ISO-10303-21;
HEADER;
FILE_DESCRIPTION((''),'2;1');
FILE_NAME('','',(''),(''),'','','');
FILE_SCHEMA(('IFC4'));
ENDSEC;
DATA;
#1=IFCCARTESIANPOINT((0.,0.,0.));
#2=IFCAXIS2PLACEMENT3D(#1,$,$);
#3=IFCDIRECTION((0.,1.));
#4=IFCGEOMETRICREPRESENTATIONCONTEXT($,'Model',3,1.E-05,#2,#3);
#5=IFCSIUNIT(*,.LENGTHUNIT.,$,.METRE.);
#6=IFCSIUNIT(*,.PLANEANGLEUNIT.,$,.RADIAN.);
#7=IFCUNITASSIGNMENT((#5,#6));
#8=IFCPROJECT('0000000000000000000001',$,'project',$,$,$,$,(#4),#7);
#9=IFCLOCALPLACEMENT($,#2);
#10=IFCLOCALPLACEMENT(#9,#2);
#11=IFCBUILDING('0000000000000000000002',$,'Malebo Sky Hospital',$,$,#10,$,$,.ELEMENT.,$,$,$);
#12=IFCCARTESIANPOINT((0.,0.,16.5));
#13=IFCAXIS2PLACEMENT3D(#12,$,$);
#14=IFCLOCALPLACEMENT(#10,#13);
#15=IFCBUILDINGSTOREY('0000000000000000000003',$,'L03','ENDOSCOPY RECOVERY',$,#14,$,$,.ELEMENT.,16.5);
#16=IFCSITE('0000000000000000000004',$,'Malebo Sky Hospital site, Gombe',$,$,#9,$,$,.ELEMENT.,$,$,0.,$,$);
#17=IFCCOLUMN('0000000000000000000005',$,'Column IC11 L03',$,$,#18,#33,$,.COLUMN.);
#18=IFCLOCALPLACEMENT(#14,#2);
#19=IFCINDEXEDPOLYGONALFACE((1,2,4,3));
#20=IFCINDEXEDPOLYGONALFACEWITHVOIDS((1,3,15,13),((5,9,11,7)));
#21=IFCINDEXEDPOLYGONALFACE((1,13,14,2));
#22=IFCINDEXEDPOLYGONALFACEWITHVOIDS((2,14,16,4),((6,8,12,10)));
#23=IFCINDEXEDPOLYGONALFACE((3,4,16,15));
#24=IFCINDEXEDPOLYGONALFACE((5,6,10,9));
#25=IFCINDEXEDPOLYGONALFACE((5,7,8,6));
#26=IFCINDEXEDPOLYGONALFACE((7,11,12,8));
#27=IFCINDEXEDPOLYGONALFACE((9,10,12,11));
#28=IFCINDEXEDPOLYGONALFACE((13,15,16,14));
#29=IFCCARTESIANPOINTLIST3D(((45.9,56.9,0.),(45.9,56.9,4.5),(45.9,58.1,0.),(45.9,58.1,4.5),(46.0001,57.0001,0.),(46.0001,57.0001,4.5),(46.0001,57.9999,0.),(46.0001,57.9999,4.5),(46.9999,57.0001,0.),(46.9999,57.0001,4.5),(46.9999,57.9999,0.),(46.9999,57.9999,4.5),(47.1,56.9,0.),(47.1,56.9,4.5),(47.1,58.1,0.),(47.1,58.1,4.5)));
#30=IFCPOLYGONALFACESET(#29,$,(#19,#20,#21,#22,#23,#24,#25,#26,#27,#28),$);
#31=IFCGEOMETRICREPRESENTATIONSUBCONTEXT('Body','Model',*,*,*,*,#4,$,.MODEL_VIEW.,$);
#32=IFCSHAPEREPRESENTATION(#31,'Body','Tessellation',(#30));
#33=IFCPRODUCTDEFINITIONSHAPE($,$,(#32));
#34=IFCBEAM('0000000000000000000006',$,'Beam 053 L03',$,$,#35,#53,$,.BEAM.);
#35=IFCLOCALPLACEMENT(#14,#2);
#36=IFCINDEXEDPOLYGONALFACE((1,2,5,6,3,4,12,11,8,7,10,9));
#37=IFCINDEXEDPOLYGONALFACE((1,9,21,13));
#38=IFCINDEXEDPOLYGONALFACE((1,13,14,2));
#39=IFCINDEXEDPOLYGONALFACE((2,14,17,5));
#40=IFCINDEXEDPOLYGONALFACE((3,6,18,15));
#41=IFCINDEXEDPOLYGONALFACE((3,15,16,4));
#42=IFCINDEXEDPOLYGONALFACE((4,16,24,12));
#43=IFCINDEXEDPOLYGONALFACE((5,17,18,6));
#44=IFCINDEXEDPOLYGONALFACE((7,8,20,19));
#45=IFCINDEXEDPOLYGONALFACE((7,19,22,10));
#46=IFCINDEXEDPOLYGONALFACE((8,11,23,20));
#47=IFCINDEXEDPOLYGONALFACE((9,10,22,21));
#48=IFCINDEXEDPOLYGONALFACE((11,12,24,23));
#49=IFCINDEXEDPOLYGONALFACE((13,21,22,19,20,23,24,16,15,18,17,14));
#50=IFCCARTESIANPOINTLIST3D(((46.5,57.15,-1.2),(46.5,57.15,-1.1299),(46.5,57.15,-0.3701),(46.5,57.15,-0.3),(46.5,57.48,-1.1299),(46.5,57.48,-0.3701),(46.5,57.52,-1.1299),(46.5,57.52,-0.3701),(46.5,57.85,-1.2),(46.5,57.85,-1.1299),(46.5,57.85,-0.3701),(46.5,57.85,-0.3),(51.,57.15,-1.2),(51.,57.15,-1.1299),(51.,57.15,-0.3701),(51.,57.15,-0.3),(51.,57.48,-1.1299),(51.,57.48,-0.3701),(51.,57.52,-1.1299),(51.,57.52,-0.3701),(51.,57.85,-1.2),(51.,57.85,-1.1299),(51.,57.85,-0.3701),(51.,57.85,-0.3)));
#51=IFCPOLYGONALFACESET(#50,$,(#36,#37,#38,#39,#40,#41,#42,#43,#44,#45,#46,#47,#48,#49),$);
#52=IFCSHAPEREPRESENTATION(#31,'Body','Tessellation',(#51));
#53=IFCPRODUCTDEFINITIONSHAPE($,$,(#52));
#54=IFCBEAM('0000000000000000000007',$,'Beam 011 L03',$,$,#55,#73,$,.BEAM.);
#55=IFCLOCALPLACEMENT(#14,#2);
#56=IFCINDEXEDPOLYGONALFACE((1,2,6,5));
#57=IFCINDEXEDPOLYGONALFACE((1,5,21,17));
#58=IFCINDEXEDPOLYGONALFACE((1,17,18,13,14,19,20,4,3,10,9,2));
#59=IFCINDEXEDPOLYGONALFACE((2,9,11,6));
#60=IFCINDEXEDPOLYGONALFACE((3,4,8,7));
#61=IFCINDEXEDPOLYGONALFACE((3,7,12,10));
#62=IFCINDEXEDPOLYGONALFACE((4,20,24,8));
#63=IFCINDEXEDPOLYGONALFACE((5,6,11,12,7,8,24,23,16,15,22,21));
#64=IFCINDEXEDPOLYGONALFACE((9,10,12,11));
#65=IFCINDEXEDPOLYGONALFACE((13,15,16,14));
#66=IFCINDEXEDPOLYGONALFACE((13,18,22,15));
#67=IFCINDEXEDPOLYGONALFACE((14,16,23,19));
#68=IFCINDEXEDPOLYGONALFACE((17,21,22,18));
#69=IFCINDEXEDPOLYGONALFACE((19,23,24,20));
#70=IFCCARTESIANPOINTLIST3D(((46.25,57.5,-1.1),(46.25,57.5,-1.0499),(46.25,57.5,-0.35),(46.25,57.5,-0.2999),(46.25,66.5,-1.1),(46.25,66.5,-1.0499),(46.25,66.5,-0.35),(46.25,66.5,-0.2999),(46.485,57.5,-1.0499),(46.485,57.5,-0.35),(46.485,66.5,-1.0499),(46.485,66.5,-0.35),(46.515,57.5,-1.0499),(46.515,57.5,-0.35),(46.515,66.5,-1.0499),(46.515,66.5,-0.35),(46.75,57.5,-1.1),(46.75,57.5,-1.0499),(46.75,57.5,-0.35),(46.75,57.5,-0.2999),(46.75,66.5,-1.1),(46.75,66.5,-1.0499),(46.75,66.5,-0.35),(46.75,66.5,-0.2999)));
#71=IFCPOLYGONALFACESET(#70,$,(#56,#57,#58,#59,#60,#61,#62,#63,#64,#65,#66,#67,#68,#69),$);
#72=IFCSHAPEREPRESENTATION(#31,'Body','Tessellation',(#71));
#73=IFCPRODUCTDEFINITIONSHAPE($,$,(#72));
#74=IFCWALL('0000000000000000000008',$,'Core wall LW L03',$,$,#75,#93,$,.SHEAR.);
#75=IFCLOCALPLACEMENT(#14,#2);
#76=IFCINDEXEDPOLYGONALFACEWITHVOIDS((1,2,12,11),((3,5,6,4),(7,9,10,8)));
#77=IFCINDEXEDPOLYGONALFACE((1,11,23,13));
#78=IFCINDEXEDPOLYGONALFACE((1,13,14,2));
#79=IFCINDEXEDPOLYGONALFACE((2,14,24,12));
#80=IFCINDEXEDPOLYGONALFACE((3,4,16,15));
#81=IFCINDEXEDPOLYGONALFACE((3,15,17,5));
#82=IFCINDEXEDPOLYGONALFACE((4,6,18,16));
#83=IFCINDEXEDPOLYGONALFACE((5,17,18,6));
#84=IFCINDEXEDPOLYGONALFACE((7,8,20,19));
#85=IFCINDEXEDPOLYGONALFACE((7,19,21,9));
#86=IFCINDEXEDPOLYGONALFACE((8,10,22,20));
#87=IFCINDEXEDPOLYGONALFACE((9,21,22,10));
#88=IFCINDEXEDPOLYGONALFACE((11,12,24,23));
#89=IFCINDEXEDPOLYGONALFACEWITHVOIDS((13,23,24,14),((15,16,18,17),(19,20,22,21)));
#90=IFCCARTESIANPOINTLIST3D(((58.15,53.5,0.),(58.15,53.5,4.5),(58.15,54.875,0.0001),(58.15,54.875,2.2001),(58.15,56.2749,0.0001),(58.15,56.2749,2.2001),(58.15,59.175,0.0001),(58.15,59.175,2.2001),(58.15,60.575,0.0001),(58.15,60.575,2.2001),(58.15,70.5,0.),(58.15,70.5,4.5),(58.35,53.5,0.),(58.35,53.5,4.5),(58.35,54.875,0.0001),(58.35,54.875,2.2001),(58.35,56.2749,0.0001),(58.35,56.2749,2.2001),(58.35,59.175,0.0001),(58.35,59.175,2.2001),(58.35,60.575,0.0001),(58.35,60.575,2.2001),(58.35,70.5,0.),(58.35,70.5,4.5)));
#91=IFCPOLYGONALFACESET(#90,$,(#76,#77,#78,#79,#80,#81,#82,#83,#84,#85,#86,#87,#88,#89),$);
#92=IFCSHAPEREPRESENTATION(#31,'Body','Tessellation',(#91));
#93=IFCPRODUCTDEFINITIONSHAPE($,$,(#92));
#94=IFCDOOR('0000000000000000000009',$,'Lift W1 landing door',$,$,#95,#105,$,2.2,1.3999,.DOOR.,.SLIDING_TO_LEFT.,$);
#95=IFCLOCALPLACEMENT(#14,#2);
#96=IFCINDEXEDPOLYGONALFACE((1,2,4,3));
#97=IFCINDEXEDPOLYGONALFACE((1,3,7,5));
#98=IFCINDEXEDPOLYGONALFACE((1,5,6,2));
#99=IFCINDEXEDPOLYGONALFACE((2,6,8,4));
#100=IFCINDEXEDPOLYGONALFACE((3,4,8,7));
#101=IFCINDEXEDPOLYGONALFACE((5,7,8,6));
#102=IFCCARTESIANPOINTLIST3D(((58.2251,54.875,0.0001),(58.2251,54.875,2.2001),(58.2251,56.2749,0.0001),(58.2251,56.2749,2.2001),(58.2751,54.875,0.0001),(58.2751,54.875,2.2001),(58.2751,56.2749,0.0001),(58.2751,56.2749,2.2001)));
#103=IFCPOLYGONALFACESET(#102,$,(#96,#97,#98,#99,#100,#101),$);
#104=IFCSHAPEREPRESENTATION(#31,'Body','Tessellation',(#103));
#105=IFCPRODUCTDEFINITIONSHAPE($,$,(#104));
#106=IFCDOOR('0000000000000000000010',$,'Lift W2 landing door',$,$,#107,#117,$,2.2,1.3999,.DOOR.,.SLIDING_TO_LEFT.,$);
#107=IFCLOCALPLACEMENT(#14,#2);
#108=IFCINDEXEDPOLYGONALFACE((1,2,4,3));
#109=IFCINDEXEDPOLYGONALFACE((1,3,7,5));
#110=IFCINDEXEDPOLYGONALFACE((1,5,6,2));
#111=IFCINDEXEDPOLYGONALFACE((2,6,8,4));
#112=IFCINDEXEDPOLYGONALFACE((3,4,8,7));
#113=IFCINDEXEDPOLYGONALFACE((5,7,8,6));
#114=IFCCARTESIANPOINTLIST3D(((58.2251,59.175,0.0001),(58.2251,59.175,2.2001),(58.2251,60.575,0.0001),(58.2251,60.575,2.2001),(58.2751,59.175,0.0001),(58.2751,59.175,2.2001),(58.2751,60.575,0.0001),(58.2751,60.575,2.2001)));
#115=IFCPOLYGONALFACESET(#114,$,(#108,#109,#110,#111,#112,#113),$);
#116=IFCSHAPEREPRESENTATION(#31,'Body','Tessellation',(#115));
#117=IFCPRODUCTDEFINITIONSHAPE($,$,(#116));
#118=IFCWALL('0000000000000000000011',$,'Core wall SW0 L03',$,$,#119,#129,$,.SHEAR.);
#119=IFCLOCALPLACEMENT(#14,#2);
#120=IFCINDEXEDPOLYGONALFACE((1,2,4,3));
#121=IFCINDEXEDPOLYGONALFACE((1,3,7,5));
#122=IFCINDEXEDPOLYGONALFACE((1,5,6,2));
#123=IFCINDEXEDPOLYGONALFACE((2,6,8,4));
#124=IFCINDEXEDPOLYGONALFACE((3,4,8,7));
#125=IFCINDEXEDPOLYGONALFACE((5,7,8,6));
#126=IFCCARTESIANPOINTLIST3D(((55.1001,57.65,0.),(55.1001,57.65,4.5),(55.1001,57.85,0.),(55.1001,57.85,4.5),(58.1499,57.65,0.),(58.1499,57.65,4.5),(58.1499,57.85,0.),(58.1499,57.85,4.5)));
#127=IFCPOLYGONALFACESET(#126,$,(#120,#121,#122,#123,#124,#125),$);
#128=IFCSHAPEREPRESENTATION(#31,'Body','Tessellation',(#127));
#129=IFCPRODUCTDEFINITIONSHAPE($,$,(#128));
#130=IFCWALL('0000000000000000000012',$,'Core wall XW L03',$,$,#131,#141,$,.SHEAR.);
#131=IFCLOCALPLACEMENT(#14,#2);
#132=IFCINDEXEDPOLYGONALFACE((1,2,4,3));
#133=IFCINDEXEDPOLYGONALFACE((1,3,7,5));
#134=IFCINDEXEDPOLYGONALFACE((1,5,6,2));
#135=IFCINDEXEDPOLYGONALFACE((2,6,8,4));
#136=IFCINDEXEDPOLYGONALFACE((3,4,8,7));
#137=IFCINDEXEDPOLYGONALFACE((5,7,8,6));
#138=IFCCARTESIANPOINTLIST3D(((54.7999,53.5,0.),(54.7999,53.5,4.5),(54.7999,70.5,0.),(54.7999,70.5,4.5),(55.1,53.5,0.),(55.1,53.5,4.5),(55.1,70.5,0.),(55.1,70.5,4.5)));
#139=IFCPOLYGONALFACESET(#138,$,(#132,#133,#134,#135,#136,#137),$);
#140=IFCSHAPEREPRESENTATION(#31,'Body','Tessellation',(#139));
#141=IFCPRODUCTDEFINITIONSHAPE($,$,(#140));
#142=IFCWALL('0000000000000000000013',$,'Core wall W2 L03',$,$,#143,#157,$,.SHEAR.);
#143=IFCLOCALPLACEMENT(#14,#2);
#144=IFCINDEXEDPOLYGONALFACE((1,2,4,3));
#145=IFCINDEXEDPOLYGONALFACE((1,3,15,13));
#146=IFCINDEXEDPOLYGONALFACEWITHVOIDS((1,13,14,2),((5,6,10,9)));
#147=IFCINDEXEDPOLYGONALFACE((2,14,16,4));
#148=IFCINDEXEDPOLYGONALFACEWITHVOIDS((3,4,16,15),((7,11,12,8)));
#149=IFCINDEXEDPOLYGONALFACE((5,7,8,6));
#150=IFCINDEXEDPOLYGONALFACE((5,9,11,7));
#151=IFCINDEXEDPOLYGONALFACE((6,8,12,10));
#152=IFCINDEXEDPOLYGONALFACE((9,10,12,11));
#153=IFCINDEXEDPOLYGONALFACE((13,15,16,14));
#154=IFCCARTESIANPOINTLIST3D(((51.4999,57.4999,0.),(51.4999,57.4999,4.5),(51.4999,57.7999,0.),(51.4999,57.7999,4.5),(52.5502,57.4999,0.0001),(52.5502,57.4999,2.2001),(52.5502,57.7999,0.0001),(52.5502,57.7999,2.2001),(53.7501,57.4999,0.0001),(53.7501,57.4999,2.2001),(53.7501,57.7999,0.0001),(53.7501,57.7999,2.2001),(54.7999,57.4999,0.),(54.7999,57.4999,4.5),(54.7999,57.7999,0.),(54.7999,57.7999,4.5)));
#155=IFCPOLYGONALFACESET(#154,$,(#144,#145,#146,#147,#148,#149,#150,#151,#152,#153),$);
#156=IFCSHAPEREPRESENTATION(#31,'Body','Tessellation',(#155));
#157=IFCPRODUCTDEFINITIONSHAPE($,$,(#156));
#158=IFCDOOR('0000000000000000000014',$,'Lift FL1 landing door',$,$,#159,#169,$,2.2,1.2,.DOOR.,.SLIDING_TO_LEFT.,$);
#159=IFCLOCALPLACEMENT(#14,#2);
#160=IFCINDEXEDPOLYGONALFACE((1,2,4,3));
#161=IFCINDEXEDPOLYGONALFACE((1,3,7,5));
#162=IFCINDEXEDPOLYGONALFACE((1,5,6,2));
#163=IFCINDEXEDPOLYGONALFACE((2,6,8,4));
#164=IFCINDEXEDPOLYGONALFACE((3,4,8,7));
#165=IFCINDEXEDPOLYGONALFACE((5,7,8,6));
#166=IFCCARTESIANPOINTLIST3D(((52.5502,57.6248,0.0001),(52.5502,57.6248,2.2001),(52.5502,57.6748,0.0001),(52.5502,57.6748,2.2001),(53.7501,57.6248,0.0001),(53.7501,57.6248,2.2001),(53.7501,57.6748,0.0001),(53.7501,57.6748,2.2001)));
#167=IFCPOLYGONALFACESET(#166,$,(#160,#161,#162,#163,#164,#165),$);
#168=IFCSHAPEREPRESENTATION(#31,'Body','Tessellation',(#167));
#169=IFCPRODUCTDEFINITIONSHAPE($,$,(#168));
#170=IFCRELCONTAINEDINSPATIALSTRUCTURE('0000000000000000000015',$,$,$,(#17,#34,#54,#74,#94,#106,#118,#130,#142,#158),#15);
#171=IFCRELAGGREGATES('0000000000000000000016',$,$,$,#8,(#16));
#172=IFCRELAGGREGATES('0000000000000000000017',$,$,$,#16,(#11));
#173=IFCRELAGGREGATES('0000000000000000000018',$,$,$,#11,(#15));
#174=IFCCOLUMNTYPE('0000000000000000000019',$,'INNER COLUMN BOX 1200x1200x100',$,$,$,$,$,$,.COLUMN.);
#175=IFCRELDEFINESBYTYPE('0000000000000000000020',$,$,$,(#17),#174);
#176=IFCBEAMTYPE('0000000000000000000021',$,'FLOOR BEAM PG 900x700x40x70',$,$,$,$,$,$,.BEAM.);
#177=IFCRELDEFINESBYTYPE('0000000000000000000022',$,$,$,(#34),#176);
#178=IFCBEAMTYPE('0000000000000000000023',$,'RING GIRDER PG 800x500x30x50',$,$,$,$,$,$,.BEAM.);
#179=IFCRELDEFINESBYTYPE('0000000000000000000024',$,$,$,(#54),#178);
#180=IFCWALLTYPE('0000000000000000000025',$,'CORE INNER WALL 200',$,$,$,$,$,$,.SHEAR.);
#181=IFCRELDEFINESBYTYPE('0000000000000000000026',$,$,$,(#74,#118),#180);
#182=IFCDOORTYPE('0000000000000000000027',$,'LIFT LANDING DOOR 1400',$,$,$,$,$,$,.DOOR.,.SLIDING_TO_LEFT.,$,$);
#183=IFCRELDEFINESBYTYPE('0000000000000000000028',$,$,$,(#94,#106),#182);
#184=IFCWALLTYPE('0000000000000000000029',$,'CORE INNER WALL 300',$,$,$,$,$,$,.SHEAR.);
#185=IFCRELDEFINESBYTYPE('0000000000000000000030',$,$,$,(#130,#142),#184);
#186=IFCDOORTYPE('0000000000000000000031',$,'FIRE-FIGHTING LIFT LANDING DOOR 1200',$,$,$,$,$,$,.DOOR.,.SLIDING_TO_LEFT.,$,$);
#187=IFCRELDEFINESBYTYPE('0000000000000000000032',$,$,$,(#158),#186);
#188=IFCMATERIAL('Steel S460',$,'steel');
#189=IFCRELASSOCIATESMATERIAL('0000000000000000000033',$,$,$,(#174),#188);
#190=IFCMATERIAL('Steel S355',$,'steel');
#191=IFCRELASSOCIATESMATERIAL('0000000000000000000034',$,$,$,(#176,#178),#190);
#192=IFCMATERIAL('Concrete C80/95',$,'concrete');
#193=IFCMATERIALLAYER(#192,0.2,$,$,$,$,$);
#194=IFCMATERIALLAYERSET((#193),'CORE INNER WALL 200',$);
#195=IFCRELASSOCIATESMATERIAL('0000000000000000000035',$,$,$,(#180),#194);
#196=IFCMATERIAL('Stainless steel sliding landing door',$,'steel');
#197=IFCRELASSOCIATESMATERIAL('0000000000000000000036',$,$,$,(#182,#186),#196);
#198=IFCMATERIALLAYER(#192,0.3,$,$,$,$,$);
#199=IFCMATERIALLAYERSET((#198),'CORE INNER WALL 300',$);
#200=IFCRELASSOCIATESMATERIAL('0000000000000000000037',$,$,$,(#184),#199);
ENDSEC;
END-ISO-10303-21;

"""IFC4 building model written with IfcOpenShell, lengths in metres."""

from ifc_helpers import new_model, si_unit, direction, frame, frame_2d, origin, origin_2d, place, context, subcontext, project, spatial, rectangle, hollow_rectangle, i_section, extrude, material, layer, layer_set, material_profile, profile_set, type_object, element, fill, save


model = new_model("IFC4")

# Units and contexts
model_context = context("Model", 3, precision=1e-05, world=origin(), true_north=direction((0.0, 1.0)))
body_context = subcontext(model_context, "Body", "Model", "MODEL_VIEW")
ifc_project = project(units=[si_unit("LENGTHUNIT", "METRE"), si_unit("PLANEANGLEUNIT", "RADIAN")], contexts=[model_context])

# Site, building, storey
site_placement = place(None, origin())
site = spatial("IfcSite", under=ifc_project, at=site_placement, Name="Malebo Sky Hospital site, Gombe", CompositionType="ELEMENT", RefElevation=0.0)
building_placement = place(site_placement, origin())
building = spatial("IfcBuilding", under=site, at=building_placement, Name="Malebo Sky Hospital", CompositionType="ELEMENT")
storey_placement = place(building_placement, frame((0.0, 0.0, 16.5)))
storey = spatial("IfcBuildingStorey", under=building, at=storey_placement, Name="L03", Description="ENDOSCOPY RECOVERY", CompositionType="ELEMENT", Elevation=16.5)

# Column
ifc_material_1 = material(Name="Steel S460", Category="steel")
ifc_material_profile_1 = material_profile(ifc_material_1, hollow_rectangle(XDim=1.2, YDim=1.2, WallThickness=0.1001, at=origin_2d()), Name="BOX 1200x1200x100")
ifc_profile_set_1 = profile_set([ifc_material_profile_1], Name="Steel S460")
column_type = type_object("IfcColumnType", Name="INNER COLUMN BOX 1200x1200x100", PredefinedType="COLUMN", material=ifc_profile_set_1)
column_placement = place(storey_placement, frame((46.5, 57.5, 0.0), z_axis=(0.0, 0.0, 1.0), x_axis=(1.0, 0.0, 0.0)))
element("IfcColumn", 1, at=column_placement, inside=storey, type_object=column_type, Name="Column IC11 L03", PredefinedType="COLUMN", context=body_context, shape_type="SweptSolid", body=[
    extrude(hollow_rectangle(XDim=1.2, YDim=1.2, WallThickness=0.1001, at=origin_2d()), origin(), (0.0, 0.0, 1.0), 4.5),
])

# Beams
ifc_material_2 = material(Name="Steel S355", Category="steel")
ifc_material_profile_2 = material_profile(ifc_material_2, i_section(OverallWidth=0.7, OverallDepth=0.8999, WebThickness=0.04, FlangeThickness=0.0701, at=origin_2d()), Name="PG 900x700x40x70")
ifc_profile_set_2 = profile_set([ifc_material_profile_2], Name="Steel S355")
beam_type_1 = type_object("IfcBeamType", Name="FLOOR BEAM PG 900x700x40x70", PredefinedType="BEAM", material=ifc_profile_set_2)
beam_1_placement = place(storey_placement, frame((46.5, 57.5, -0.75), z_axis=(1.0, 0.0, 0.0), x_axis=(0.0, 1.0, 0.0)))
element("IfcBeam", 2, at=beam_1_placement, inside=storey, type_object=beam_type_1, Name="Beam 053 L03", PredefinedType="BEAM", context=body_context, shape_type="SweptSolid", body=[
    extrude(i_section(OverallWidth=0.7, OverallDepth=0.8999, WebThickness=0.04, FlangeThickness=0.0701, at=origin_2d()), origin(), (0.0, 0.0, 1.0), 4.5),
])
ifc_material_profile_3 = material_profile(ifc_material_2, i_section(OverallWidth=0.5, OverallDepth=0.8, WebThickness=0.03, FlangeThickness=0.05, at=origin_2d()), Name="PG 800x500x30x50")
ifc_profile_set_3 = profile_set([ifc_material_profile_3], Name="Steel S355")
beam_type_2 = type_object("IfcBeamType", Name="RING GIRDER PG 800x500x30x50", PredefinedType="BEAM", material=ifc_profile_set_3)
beam_2_placement = place(storey_placement, frame((46.5, 57.5, -0.7), z_axis=(0.0, 1.0, 0.0), x_axis=(-1.0, 0.0, 0.0)))
element("IfcBeam", 3, at=beam_2_placement, inside=storey, type_object=beam_type_2, Name="Beam 011 L03", PredefinedType="BEAM", context=body_context, shape_type="SweptSolid", body=[
    extrude(i_section(OverallWidth=0.5, OverallDepth=0.8, WebThickness=0.03, FlangeThickness=0.05, at=origin_2d()), origin(), (0.0, 0.0, 1.0), 9.0),
])

# Wall, openings, doors
ifc_material_3 = material(Name="Concrete C80/95", Category="concrete")
ifc_layer_1 = layer(ifc_material_3, 0.2)
ifc_layer_set_1 = layer_set([ifc_layer_1], Name="CORE INNER WALL 200")
wall_type_1 = type_object("IfcWallType", Name="CORE INNER WALL 200", PredefinedType="SHEAR", material=ifc_layer_set_1)
wall_1_placement = place(storey_placement, frame((58.25, 53.5, 0.0), z_axis=(0.0, 0.0, 1.0), x_axis=(0.0, 1.0, 0.0)))
wall_1 = element("IfcWall", 4, at=wall_1_placement, inside=storey, type_object=wall_type_1, Name="Core wall LW L03", PredefinedType="SHEAR", context=body_context, shape_type="SweptSolid", body=[
    extrude(rectangle(XDim=17.0, YDim=0.2, at=frame_2d((8.5, 0.0))), origin(), (0.0, 0.0, 1.0), 4.5),
])
opening_1_placement = place(wall_1_placement, frame((1.375, 0.0, 0.0)))
opening_1 = element("IfcOpeningElement", 5, at=opening_1_placement, cuts=wall_1, PredefinedType="OPENING", context=body_context, shape_type="SweptSolid", body=[
    extrude(rectangle(XDim=1.3999, YDim=2.2, at=frame_2d((0.7, 1.1001))), frame((0.0, 0.1099, 0.0), z_axis=(0.0, -1.0, 0.0), x_axis=(1.0, 0.0, 0.0)), (0.0, 0.0, 1.0), 0.22),
])
opening_2_placement = place(wall_1_placement, frame((5.675, 0.0, 0.0)))
opening_2 = element("IfcOpeningElement", 6, at=opening_2_placement, cuts=wall_1, PredefinedType="OPENING", context=body_context, shape_type="SweptSolid", body=[
    extrude(rectangle(XDim=1.3999, YDim=2.2, at=frame_2d((0.7, 1.1001))), frame((0.0, 0.1099, 0.0), z_axis=(0.0, -1.0, 0.0), x_axis=(1.0, 0.0, 0.0)), (0.0, 0.0, 1.0), 0.22),
])
ifc_material_4 = material(Name="Stainless steel sliding landing door", Category="steel")
door_type_1 = type_object("IfcDoorType", Name="LIFT LANDING DOOR 1400", OperationType="SLIDING_TO_LEFT", PredefinedType="DOOR", material=ifc_material_4)
door_1_placement = place(opening_1_placement, origin())
door_1 = element("IfcDoor", 7, at=door_1_placement, inside=storey, type_object=door_type_1, Name="Lift W1 landing door", OperationType="SLIDING_TO_LEFT", OverallHeight=2.2, OverallWidth=1.3999, PredefinedType="DOOR", context=body_context, shape_type="SweptSolid", body=[
    extrude(rectangle(XDim=1.3999, YDim=2.2, at=frame_2d((0.7, 1.1001))), frame((0.0, 0.0249, 0.0), z_axis=(0.0, -1.0, 0.0), x_axis=(1.0, 0.0, 0.0)), (0.0, 0.0, 1.0), 0.05),
])
fill(opening_1, door_1)
door_2_placement = place(opening_2_placement, origin())
door_2 = element("IfcDoor", 8, at=door_2_placement, inside=storey, type_object=door_type_1, Name="Lift W2 landing door", OperationType="SLIDING_TO_LEFT", OverallHeight=2.2, OverallWidth=1.3999, PredefinedType="DOOR", context=body_context, shape_type="SweptSolid", body=[
    extrude(rectangle(XDim=1.3999, YDim=2.2, at=frame_2d((0.7, 1.1001))), frame((0.0, 0.0249, 0.0), z_axis=(0.0, -1.0, 0.0), x_axis=(1.0, 0.0, 0.0)), (0.0, 0.0, 1.0), 0.05),
])
fill(opening_2, door_2)

# Walls
wall_2_placement = place(storey_placement, frame((55.1001, 57.75, 0.0), z_axis=(0.0, 0.0, 1.0), x_axis=(1.0, 0.0, 0.0)))
element("IfcWall", 9, at=wall_2_placement, inside=storey, type_object=wall_type_1, Name="Core wall SW0 L03", PredefinedType="SHEAR", context=body_context, shape_type="SweptSolid", body=[
    extrude(rectangle(XDim=3.0498, YDim=0.2, at=frame_2d((1.5249, 0.0))), origin(), (0.0, 0.0, 1.0), 4.5),
])
ifc_layer_2 = layer(ifc_material_3, 0.3)
ifc_layer_set_2 = layer_set([ifc_layer_2], Name="CORE INNER WALL 300")
wall_type_2 = type_object("IfcWallType", Name="CORE INNER WALL 300", PredefinedType="SHEAR", material=ifc_layer_set_2)
wall_3_placement = place(storey_placement, frame((54.95, 53.5, 0.0), z_axis=(0.0, 0.0, 1.0), x_axis=(0.0, 1.0, 0.0)))
element("IfcWall", 10, at=wall_3_placement, inside=storey, type_object=wall_type_2, Name="Core wall XW L03", PredefinedType="SHEAR", context=body_context, shape_type="SweptSolid", body=[
    extrude(rectangle(XDim=17.0, YDim=0.3, at=frame_2d((8.5, 0.0))), origin(), (0.0, 0.0, 1.0), 4.5),
])

# Wall, opening, door
wall_4_placement = place(storey_placement, frame((51.5, 57.6499, 0.0), z_axis=(0.0, 0.0, 1.0), x_axis=(1.0, 0.0, 0.0)))
wall_4 = element("IfcWall", 11, at=wall_4_placement, inside=storey, type_object=wall_type_2, Name="Core wall W2 L03", PredefinedType="SHEAR", context=body_context, shape_type="SweptSolid", body=[
    extrude(rectangle(XDim=3.3, YDim=0.3, at=frame_2d((1.6499, 0.0))), origin(), (0.0, 0.0, 1.0), 4.5),
])
opening_3_placement = place(wall_4_placement, frame((1.05, 0.0, 0.0)))
opening_3 = element("IfcOpeningElement", 12, at=opening_3_placement, cuts=wall_4, PredefinedType="OPENING", context=body_context, shape_type="SweptSolid", body=[
    extrude(rectangle(XDim=1.2, YDim=2.2, at=frame_2d((0.6001, 1.1001))), frame((0.0, 0.1599, 0.0), z_axis=(0.0, -1.0, 0.0), x_axis=(1.0, 0.0, 0.0)), (0.0, 0.0, 1.0), 0.3201),
])
door_type_2 = type_object("IfcDoorType", Name="FIRE-FIGHTING LIFT LANDING DOOR 1200", OperationType="SLIDING_TO_LEFT", PredefinedType="DOOR", material=ifc_material_4)
door_3_placement = place(opening_3_placement, origin())
door_3 = element("IfcDoor", 13, at=door_3_placement, inside=storey, type_object=door_type_2, Name="Lift FL1 landing door", OperationType="SLIDING_TO_LEFT", OverallHeight=2.2, OverallWidth=1.2, PredefinedType="DOOR", context=body_context, shape_type="SweptSolid", body=[
    extrude(rectangle(XDim=1.2, YDim=2.2, at=frame_2d((0.6001, 1.1001))), frame((0.0, 0.0249, 0.0), z_axis=(0.0, -1.0, 0.0), x_axis=(1.0, 0.0, 0.0)), (0.0, 0.0, 1.0), 0.05),
])
fill(opening_3, door_3)

save(model, "model.ifc")
